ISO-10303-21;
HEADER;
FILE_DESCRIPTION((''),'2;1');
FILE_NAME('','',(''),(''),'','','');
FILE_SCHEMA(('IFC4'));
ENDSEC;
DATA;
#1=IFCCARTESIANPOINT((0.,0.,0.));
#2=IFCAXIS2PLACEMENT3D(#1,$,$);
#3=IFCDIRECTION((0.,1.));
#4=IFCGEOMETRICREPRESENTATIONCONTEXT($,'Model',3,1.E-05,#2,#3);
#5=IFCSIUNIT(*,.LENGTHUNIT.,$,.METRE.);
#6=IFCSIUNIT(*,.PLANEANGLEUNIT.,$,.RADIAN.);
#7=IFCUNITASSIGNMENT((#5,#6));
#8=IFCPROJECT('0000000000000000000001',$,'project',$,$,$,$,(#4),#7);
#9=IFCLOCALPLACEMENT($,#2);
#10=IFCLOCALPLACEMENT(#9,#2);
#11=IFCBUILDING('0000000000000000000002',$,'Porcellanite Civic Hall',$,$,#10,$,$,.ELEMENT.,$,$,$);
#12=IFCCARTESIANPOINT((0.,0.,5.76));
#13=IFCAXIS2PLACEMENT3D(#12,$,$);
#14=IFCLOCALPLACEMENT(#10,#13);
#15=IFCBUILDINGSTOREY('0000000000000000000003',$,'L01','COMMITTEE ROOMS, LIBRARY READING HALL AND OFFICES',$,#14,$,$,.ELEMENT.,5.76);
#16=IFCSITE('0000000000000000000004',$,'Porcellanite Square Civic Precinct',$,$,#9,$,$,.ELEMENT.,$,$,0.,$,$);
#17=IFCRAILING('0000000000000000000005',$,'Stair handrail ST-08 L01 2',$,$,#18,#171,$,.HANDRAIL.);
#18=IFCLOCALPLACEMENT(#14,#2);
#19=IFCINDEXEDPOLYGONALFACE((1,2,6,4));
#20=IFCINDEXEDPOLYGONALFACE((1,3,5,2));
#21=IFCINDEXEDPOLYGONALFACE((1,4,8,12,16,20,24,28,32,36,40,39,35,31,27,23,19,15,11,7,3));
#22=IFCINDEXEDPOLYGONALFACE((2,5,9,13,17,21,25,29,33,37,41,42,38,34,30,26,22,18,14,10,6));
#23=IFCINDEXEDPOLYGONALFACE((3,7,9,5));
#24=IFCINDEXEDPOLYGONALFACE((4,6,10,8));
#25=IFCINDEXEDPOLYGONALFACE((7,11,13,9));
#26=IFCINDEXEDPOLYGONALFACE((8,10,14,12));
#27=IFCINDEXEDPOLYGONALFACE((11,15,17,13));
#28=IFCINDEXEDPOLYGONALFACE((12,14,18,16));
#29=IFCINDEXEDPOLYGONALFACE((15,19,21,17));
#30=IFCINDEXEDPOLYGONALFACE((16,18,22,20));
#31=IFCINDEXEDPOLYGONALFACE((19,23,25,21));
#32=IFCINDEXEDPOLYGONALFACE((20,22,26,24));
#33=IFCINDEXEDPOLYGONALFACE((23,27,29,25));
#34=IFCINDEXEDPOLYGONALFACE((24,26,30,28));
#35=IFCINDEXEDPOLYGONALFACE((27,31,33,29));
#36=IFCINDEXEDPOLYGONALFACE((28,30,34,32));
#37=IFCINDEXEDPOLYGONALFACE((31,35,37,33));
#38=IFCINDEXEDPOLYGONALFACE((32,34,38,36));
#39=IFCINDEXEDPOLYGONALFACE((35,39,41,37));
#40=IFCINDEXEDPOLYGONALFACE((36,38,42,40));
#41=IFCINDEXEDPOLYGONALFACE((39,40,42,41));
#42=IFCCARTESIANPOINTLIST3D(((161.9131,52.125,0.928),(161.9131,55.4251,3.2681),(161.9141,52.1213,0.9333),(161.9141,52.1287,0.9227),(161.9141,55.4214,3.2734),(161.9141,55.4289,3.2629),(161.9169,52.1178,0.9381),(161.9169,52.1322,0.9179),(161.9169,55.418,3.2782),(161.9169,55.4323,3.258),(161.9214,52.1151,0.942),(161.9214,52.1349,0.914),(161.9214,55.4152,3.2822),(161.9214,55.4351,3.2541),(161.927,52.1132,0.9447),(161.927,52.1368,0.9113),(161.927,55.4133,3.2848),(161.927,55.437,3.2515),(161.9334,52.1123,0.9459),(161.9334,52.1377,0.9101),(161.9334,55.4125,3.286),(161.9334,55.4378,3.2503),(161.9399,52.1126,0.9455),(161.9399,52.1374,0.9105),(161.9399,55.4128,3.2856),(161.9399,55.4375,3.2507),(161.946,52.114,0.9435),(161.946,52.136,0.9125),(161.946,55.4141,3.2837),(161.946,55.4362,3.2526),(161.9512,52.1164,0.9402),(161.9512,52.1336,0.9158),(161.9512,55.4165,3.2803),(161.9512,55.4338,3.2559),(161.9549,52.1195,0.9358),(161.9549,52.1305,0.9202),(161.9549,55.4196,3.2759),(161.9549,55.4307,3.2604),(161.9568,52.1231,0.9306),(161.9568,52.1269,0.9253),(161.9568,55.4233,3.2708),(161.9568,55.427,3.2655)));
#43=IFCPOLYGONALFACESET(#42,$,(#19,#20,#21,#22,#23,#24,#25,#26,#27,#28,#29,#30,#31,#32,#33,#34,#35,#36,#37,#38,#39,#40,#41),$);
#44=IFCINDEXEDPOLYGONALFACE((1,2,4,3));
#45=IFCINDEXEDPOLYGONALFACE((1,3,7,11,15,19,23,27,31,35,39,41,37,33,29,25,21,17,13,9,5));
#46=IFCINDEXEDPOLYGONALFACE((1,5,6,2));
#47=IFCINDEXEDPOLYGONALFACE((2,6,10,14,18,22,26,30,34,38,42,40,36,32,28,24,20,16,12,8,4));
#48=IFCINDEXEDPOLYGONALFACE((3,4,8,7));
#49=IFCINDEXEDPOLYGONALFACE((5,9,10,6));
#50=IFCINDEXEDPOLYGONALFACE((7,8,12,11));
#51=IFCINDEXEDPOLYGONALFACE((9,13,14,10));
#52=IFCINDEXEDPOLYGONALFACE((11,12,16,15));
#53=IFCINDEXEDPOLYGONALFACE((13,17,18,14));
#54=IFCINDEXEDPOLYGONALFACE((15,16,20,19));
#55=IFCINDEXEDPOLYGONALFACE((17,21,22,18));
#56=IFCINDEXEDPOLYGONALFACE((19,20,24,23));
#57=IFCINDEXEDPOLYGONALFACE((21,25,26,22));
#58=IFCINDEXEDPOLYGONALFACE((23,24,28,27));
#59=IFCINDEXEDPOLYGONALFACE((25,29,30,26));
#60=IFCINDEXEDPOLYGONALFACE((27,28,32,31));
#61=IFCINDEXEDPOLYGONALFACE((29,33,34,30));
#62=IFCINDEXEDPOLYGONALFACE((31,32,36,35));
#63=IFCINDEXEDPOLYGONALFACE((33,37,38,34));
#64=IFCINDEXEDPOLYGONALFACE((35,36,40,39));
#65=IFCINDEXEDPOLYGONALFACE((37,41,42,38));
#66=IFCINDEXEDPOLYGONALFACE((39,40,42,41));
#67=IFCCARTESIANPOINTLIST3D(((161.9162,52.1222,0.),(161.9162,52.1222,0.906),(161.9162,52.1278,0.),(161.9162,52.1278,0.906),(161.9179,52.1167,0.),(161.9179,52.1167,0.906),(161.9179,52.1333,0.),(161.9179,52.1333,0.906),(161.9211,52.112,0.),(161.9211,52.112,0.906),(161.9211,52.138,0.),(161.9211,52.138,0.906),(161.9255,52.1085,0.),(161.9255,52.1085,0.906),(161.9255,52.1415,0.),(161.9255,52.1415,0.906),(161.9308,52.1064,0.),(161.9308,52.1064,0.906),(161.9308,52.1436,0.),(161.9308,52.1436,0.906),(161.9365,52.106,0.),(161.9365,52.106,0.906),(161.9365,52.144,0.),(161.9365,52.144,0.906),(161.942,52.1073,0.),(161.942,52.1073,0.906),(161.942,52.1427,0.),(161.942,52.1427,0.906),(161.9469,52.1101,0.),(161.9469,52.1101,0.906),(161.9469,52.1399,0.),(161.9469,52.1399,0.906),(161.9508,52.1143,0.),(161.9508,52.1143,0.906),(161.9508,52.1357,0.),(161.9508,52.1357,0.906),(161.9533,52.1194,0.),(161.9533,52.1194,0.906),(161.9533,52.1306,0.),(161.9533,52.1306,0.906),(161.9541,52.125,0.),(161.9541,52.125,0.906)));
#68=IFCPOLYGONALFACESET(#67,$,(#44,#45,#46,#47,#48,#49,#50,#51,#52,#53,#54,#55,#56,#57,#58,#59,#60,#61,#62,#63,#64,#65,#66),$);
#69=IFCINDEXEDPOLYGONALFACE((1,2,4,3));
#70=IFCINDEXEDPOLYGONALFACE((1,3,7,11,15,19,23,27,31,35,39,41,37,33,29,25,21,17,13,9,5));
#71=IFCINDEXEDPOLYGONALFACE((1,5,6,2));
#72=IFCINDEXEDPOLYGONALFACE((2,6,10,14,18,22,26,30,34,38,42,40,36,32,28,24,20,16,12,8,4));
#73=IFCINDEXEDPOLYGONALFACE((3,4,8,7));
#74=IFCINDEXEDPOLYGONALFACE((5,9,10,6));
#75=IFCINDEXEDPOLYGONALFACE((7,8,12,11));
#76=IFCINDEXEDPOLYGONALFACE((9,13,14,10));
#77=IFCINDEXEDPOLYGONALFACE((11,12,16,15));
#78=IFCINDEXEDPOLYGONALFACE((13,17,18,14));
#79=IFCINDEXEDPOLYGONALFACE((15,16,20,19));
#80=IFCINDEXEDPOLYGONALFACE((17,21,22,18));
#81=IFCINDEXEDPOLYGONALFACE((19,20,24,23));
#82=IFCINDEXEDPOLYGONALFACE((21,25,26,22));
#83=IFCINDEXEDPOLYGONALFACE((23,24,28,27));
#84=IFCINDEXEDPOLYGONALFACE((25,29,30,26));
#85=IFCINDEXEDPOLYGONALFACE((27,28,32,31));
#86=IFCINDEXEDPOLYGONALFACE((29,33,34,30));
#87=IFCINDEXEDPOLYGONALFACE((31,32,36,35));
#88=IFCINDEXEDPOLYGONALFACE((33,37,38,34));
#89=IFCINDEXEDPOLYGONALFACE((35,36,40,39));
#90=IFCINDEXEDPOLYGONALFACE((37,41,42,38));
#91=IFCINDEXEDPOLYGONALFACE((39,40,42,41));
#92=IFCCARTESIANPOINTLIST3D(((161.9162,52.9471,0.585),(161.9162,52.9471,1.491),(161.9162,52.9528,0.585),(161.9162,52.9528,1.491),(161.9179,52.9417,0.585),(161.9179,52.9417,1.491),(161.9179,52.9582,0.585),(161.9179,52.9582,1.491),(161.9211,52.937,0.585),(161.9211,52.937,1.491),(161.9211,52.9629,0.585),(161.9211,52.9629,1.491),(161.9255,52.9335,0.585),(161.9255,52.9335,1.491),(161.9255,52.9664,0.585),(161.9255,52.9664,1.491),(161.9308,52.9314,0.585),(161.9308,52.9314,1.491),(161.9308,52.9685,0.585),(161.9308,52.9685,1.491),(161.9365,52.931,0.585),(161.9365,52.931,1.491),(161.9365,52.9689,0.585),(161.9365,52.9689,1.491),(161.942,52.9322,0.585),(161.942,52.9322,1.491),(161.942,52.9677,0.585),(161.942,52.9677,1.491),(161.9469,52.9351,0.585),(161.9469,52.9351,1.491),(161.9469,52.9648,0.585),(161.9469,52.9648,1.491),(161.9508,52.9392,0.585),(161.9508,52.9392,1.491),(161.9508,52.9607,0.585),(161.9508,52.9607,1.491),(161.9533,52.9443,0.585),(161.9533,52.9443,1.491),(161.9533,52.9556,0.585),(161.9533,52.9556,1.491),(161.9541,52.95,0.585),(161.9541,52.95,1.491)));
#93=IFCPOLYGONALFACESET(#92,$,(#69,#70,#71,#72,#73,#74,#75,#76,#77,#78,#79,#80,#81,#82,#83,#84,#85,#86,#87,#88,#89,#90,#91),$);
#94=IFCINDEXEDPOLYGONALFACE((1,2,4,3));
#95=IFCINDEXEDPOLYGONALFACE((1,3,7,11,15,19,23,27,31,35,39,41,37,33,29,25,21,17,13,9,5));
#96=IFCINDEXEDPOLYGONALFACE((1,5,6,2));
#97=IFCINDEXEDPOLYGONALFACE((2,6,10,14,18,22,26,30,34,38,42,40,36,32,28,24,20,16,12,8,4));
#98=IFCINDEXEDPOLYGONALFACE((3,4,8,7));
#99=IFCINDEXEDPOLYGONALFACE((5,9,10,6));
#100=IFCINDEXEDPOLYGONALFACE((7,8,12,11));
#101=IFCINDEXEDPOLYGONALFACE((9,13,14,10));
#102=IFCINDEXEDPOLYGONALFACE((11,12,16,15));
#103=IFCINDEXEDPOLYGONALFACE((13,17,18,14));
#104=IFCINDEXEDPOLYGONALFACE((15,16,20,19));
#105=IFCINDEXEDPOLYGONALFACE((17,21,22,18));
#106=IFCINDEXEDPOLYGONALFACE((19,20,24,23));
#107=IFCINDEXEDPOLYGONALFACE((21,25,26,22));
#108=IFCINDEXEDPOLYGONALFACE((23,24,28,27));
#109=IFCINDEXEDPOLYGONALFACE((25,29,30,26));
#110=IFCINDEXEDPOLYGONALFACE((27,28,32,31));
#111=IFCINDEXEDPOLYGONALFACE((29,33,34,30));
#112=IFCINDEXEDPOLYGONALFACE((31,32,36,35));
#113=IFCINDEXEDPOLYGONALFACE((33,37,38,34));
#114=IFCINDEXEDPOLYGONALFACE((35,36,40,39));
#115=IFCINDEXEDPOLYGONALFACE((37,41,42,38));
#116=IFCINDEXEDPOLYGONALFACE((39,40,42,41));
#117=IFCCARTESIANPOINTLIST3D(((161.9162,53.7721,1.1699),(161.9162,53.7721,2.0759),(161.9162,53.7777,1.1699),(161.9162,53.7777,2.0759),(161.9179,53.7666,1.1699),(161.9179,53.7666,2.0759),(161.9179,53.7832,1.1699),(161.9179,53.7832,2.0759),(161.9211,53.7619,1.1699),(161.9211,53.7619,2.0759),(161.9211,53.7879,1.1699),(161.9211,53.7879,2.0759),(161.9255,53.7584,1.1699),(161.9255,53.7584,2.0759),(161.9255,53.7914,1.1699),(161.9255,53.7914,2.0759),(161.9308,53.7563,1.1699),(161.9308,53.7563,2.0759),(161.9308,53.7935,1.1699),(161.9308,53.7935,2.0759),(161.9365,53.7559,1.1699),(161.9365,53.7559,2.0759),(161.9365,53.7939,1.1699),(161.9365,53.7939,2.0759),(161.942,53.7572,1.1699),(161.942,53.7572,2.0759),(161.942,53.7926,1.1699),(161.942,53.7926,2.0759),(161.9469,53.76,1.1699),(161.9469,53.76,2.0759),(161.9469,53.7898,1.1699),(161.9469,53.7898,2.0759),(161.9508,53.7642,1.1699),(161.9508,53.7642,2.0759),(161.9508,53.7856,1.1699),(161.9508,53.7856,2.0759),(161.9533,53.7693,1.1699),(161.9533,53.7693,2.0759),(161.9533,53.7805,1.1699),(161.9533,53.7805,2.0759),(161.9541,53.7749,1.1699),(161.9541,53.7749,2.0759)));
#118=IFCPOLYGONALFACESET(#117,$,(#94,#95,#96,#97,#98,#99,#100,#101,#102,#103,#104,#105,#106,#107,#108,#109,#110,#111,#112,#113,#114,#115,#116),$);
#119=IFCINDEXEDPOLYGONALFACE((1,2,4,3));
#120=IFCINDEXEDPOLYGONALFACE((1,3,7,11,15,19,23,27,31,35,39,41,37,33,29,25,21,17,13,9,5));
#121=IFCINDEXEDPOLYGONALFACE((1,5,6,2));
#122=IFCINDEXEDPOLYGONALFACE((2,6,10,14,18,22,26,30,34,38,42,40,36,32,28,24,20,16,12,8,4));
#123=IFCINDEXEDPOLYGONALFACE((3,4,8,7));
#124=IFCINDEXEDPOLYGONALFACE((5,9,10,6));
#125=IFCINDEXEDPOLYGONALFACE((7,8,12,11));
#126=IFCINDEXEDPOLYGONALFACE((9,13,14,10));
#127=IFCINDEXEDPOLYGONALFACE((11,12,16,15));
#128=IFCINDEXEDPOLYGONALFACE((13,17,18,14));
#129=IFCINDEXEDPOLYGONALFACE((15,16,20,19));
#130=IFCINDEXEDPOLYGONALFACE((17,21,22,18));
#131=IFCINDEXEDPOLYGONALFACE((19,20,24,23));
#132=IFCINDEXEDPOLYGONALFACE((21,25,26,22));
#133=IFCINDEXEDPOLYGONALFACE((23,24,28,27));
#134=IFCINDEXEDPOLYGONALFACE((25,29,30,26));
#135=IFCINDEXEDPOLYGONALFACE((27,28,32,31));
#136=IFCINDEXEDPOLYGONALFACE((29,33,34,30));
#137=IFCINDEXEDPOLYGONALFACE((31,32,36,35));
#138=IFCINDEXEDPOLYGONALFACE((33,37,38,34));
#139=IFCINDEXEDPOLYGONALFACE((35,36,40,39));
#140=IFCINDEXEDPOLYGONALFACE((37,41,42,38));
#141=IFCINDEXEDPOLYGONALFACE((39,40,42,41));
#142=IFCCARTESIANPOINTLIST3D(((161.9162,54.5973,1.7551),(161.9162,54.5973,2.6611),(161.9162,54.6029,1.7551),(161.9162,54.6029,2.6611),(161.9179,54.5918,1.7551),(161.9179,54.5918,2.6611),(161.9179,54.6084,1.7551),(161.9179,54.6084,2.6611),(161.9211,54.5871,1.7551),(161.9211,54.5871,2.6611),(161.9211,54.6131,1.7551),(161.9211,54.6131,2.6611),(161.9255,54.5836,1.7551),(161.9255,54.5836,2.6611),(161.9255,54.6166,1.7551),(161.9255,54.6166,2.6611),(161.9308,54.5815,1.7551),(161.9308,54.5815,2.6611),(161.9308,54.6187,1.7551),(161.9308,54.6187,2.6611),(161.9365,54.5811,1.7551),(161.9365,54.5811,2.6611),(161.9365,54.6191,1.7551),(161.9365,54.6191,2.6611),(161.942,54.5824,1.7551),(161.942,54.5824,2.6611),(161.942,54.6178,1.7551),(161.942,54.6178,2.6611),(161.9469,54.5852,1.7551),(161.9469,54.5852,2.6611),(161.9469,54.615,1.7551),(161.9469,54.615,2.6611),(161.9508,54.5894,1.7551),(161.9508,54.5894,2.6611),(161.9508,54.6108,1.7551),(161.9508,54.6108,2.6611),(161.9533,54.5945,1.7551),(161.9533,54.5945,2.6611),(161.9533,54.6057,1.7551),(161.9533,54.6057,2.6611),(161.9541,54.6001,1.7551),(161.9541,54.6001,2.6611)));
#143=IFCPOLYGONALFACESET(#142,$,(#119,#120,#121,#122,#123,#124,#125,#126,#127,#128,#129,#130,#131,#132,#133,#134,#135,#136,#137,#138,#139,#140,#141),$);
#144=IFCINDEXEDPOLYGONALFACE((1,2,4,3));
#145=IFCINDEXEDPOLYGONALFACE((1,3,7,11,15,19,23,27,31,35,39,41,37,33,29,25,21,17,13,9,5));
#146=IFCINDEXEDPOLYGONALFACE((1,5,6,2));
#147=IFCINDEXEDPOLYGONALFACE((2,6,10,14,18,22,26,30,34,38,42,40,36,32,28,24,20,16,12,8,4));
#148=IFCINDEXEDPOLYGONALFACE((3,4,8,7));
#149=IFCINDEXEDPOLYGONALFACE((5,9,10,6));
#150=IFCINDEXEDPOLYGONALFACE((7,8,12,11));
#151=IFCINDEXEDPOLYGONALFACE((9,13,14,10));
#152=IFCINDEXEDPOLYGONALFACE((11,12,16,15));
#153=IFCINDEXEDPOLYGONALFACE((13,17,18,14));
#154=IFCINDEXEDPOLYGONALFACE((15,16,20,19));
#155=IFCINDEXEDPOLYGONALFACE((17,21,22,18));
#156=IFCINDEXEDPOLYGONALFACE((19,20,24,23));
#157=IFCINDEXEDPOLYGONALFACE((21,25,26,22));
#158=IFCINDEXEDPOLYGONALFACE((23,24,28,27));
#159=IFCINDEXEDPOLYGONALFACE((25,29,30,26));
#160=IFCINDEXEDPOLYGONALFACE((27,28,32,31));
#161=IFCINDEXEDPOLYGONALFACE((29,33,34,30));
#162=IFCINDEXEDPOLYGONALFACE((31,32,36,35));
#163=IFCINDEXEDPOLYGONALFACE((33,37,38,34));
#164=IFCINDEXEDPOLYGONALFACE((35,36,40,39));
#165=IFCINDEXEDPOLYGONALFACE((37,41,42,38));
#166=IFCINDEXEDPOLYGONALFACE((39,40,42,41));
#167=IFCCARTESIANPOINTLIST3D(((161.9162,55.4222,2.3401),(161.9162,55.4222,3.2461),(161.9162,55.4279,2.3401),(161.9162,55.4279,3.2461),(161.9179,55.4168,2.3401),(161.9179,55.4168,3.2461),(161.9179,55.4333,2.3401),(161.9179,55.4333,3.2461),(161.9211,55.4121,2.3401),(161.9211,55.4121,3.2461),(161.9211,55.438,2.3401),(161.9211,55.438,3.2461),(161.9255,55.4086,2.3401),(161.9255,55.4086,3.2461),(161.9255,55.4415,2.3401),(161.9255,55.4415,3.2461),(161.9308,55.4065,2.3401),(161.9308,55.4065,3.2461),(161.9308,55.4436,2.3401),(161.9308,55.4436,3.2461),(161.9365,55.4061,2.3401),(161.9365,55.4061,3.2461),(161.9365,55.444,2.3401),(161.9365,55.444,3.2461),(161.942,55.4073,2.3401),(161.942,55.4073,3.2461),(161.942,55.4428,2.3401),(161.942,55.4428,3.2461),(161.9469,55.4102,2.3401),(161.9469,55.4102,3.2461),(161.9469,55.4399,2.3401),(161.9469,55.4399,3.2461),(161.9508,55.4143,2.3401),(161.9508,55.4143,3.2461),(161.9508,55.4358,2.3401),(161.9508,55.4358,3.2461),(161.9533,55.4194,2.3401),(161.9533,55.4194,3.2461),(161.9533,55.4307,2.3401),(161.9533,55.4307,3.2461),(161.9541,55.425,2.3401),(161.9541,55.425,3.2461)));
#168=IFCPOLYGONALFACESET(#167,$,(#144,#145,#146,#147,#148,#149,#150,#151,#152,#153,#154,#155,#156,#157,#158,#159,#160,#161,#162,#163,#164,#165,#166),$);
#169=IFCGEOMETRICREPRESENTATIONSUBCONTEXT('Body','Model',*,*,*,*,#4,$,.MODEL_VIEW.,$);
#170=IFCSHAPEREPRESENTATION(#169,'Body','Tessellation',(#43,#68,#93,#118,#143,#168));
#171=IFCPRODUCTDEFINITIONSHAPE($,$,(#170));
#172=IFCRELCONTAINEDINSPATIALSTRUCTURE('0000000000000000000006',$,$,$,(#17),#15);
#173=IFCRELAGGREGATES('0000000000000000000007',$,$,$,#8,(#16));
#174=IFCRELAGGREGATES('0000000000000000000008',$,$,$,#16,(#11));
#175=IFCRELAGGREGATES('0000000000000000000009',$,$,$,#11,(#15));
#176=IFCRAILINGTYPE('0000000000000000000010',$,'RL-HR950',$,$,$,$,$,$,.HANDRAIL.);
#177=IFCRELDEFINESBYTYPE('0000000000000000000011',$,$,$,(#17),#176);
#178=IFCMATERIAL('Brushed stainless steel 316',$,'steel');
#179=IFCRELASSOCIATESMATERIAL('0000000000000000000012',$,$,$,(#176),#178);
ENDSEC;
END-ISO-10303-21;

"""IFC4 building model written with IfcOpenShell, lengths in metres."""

from ifc_helpers import new_model, si_unit, direction, frame, origin, origin_2d, place, context, subcontext, project, spatial, circle, extrude, material, type_object, element, save


model = new_model("IFC4")

# Units and contexts
model_context = context("Model", 3, precision=1e-05, world=origin(), true_north=direction((0.0, 1.0)))
body_context = subcontext(model_context, "Body", "Model", "MODEL_VIEW")
ifc_project = project(units=[si_unit("LENGTHUNIT", "METRE"), si_unit("PLANEANGLEUNIT", "RADIAN")], contexts=[model_context])

# Site, building, storey
site_placement = place(None, origin())
site = spatial("IfcSite", under=ifc_project, at=site_placement, Name="Porcellanite Square Civic Precinct", CompositionType="ELEMENT", RefElevation=0.0)
building_placement = place(site_placement, origin())
building = spatial("IfcBuilding", under=site, at=building_placement, Name="Porcellanite Civic Hall", CompositionType="ELEMENT")
storey_placement = place(building_placement, frame((0.0, 0.0, 5.76)))
storey = spatial("IfcBuildingStorey", under=building, at=storey_placement, Name="L01", Description="COMMITTEE ROOMS, LIBRARY READING HALL AND OFFICES", CompositionType="ELEMENT", Elevation=5.76)

# Railing
ifc_material_1 = material(Name="Brushed stainless steel 316", Category="steel")
railing_type_1 = type_object("IfcRailingType", Name="RL-HR950", PredefinedType="HANDRAIL", material=ifc_material_1)
railing_1_placement = place(storey_placement, frame((161.9351, 52.125, 0.0)))
element("IfcRailing", 1, at=railing_1_placement, inside=storey, type_object=railing_type_1, Name="Stair handrail ST-08 L01 2", PredefinedType="HANDRAIL", context=body_context, shape_type="SweptSolid", body=[
    extrude(circle(Radius=0.022, at=origin_2d()), frame((0.0, 0.0, 0.928), z_axis=(0.0, 0.815727, 0.578438), x_axis=(-1.0, 0.0, 0.0)), (0.0, 0.0, 1.0), 4.0457),
    extrude(circle(Radius=0.019, at=origin_2d()), origin(), (0.0, 0.0, 1.0), 0.906),
    extrude(circle(Radius=0.019, at=origin_2d()), frame((0.0, 0.825, 0.585)), (0.0, 0.0, 1.0), 0.906),
    extrude(circle(Radius=0.019, at=origin_2d()), frame((0.0, 1.6499, 1.1699)), (0.0, 0.0, 1.0), 0.906),
    extrude(circle(Radius=0.019, at=origin_2d()), frame((0.0, 2.4751, 1.7551)), (0.0, 0.0, 1.0), 0.906),
    extrude(circle(Radius=0.019, at=origin_2d()), frame((0.0, 3.3, 2.3401)), (0.0, 0.0, 1.0), 0.906),
])

save(model, "model.ifc")
